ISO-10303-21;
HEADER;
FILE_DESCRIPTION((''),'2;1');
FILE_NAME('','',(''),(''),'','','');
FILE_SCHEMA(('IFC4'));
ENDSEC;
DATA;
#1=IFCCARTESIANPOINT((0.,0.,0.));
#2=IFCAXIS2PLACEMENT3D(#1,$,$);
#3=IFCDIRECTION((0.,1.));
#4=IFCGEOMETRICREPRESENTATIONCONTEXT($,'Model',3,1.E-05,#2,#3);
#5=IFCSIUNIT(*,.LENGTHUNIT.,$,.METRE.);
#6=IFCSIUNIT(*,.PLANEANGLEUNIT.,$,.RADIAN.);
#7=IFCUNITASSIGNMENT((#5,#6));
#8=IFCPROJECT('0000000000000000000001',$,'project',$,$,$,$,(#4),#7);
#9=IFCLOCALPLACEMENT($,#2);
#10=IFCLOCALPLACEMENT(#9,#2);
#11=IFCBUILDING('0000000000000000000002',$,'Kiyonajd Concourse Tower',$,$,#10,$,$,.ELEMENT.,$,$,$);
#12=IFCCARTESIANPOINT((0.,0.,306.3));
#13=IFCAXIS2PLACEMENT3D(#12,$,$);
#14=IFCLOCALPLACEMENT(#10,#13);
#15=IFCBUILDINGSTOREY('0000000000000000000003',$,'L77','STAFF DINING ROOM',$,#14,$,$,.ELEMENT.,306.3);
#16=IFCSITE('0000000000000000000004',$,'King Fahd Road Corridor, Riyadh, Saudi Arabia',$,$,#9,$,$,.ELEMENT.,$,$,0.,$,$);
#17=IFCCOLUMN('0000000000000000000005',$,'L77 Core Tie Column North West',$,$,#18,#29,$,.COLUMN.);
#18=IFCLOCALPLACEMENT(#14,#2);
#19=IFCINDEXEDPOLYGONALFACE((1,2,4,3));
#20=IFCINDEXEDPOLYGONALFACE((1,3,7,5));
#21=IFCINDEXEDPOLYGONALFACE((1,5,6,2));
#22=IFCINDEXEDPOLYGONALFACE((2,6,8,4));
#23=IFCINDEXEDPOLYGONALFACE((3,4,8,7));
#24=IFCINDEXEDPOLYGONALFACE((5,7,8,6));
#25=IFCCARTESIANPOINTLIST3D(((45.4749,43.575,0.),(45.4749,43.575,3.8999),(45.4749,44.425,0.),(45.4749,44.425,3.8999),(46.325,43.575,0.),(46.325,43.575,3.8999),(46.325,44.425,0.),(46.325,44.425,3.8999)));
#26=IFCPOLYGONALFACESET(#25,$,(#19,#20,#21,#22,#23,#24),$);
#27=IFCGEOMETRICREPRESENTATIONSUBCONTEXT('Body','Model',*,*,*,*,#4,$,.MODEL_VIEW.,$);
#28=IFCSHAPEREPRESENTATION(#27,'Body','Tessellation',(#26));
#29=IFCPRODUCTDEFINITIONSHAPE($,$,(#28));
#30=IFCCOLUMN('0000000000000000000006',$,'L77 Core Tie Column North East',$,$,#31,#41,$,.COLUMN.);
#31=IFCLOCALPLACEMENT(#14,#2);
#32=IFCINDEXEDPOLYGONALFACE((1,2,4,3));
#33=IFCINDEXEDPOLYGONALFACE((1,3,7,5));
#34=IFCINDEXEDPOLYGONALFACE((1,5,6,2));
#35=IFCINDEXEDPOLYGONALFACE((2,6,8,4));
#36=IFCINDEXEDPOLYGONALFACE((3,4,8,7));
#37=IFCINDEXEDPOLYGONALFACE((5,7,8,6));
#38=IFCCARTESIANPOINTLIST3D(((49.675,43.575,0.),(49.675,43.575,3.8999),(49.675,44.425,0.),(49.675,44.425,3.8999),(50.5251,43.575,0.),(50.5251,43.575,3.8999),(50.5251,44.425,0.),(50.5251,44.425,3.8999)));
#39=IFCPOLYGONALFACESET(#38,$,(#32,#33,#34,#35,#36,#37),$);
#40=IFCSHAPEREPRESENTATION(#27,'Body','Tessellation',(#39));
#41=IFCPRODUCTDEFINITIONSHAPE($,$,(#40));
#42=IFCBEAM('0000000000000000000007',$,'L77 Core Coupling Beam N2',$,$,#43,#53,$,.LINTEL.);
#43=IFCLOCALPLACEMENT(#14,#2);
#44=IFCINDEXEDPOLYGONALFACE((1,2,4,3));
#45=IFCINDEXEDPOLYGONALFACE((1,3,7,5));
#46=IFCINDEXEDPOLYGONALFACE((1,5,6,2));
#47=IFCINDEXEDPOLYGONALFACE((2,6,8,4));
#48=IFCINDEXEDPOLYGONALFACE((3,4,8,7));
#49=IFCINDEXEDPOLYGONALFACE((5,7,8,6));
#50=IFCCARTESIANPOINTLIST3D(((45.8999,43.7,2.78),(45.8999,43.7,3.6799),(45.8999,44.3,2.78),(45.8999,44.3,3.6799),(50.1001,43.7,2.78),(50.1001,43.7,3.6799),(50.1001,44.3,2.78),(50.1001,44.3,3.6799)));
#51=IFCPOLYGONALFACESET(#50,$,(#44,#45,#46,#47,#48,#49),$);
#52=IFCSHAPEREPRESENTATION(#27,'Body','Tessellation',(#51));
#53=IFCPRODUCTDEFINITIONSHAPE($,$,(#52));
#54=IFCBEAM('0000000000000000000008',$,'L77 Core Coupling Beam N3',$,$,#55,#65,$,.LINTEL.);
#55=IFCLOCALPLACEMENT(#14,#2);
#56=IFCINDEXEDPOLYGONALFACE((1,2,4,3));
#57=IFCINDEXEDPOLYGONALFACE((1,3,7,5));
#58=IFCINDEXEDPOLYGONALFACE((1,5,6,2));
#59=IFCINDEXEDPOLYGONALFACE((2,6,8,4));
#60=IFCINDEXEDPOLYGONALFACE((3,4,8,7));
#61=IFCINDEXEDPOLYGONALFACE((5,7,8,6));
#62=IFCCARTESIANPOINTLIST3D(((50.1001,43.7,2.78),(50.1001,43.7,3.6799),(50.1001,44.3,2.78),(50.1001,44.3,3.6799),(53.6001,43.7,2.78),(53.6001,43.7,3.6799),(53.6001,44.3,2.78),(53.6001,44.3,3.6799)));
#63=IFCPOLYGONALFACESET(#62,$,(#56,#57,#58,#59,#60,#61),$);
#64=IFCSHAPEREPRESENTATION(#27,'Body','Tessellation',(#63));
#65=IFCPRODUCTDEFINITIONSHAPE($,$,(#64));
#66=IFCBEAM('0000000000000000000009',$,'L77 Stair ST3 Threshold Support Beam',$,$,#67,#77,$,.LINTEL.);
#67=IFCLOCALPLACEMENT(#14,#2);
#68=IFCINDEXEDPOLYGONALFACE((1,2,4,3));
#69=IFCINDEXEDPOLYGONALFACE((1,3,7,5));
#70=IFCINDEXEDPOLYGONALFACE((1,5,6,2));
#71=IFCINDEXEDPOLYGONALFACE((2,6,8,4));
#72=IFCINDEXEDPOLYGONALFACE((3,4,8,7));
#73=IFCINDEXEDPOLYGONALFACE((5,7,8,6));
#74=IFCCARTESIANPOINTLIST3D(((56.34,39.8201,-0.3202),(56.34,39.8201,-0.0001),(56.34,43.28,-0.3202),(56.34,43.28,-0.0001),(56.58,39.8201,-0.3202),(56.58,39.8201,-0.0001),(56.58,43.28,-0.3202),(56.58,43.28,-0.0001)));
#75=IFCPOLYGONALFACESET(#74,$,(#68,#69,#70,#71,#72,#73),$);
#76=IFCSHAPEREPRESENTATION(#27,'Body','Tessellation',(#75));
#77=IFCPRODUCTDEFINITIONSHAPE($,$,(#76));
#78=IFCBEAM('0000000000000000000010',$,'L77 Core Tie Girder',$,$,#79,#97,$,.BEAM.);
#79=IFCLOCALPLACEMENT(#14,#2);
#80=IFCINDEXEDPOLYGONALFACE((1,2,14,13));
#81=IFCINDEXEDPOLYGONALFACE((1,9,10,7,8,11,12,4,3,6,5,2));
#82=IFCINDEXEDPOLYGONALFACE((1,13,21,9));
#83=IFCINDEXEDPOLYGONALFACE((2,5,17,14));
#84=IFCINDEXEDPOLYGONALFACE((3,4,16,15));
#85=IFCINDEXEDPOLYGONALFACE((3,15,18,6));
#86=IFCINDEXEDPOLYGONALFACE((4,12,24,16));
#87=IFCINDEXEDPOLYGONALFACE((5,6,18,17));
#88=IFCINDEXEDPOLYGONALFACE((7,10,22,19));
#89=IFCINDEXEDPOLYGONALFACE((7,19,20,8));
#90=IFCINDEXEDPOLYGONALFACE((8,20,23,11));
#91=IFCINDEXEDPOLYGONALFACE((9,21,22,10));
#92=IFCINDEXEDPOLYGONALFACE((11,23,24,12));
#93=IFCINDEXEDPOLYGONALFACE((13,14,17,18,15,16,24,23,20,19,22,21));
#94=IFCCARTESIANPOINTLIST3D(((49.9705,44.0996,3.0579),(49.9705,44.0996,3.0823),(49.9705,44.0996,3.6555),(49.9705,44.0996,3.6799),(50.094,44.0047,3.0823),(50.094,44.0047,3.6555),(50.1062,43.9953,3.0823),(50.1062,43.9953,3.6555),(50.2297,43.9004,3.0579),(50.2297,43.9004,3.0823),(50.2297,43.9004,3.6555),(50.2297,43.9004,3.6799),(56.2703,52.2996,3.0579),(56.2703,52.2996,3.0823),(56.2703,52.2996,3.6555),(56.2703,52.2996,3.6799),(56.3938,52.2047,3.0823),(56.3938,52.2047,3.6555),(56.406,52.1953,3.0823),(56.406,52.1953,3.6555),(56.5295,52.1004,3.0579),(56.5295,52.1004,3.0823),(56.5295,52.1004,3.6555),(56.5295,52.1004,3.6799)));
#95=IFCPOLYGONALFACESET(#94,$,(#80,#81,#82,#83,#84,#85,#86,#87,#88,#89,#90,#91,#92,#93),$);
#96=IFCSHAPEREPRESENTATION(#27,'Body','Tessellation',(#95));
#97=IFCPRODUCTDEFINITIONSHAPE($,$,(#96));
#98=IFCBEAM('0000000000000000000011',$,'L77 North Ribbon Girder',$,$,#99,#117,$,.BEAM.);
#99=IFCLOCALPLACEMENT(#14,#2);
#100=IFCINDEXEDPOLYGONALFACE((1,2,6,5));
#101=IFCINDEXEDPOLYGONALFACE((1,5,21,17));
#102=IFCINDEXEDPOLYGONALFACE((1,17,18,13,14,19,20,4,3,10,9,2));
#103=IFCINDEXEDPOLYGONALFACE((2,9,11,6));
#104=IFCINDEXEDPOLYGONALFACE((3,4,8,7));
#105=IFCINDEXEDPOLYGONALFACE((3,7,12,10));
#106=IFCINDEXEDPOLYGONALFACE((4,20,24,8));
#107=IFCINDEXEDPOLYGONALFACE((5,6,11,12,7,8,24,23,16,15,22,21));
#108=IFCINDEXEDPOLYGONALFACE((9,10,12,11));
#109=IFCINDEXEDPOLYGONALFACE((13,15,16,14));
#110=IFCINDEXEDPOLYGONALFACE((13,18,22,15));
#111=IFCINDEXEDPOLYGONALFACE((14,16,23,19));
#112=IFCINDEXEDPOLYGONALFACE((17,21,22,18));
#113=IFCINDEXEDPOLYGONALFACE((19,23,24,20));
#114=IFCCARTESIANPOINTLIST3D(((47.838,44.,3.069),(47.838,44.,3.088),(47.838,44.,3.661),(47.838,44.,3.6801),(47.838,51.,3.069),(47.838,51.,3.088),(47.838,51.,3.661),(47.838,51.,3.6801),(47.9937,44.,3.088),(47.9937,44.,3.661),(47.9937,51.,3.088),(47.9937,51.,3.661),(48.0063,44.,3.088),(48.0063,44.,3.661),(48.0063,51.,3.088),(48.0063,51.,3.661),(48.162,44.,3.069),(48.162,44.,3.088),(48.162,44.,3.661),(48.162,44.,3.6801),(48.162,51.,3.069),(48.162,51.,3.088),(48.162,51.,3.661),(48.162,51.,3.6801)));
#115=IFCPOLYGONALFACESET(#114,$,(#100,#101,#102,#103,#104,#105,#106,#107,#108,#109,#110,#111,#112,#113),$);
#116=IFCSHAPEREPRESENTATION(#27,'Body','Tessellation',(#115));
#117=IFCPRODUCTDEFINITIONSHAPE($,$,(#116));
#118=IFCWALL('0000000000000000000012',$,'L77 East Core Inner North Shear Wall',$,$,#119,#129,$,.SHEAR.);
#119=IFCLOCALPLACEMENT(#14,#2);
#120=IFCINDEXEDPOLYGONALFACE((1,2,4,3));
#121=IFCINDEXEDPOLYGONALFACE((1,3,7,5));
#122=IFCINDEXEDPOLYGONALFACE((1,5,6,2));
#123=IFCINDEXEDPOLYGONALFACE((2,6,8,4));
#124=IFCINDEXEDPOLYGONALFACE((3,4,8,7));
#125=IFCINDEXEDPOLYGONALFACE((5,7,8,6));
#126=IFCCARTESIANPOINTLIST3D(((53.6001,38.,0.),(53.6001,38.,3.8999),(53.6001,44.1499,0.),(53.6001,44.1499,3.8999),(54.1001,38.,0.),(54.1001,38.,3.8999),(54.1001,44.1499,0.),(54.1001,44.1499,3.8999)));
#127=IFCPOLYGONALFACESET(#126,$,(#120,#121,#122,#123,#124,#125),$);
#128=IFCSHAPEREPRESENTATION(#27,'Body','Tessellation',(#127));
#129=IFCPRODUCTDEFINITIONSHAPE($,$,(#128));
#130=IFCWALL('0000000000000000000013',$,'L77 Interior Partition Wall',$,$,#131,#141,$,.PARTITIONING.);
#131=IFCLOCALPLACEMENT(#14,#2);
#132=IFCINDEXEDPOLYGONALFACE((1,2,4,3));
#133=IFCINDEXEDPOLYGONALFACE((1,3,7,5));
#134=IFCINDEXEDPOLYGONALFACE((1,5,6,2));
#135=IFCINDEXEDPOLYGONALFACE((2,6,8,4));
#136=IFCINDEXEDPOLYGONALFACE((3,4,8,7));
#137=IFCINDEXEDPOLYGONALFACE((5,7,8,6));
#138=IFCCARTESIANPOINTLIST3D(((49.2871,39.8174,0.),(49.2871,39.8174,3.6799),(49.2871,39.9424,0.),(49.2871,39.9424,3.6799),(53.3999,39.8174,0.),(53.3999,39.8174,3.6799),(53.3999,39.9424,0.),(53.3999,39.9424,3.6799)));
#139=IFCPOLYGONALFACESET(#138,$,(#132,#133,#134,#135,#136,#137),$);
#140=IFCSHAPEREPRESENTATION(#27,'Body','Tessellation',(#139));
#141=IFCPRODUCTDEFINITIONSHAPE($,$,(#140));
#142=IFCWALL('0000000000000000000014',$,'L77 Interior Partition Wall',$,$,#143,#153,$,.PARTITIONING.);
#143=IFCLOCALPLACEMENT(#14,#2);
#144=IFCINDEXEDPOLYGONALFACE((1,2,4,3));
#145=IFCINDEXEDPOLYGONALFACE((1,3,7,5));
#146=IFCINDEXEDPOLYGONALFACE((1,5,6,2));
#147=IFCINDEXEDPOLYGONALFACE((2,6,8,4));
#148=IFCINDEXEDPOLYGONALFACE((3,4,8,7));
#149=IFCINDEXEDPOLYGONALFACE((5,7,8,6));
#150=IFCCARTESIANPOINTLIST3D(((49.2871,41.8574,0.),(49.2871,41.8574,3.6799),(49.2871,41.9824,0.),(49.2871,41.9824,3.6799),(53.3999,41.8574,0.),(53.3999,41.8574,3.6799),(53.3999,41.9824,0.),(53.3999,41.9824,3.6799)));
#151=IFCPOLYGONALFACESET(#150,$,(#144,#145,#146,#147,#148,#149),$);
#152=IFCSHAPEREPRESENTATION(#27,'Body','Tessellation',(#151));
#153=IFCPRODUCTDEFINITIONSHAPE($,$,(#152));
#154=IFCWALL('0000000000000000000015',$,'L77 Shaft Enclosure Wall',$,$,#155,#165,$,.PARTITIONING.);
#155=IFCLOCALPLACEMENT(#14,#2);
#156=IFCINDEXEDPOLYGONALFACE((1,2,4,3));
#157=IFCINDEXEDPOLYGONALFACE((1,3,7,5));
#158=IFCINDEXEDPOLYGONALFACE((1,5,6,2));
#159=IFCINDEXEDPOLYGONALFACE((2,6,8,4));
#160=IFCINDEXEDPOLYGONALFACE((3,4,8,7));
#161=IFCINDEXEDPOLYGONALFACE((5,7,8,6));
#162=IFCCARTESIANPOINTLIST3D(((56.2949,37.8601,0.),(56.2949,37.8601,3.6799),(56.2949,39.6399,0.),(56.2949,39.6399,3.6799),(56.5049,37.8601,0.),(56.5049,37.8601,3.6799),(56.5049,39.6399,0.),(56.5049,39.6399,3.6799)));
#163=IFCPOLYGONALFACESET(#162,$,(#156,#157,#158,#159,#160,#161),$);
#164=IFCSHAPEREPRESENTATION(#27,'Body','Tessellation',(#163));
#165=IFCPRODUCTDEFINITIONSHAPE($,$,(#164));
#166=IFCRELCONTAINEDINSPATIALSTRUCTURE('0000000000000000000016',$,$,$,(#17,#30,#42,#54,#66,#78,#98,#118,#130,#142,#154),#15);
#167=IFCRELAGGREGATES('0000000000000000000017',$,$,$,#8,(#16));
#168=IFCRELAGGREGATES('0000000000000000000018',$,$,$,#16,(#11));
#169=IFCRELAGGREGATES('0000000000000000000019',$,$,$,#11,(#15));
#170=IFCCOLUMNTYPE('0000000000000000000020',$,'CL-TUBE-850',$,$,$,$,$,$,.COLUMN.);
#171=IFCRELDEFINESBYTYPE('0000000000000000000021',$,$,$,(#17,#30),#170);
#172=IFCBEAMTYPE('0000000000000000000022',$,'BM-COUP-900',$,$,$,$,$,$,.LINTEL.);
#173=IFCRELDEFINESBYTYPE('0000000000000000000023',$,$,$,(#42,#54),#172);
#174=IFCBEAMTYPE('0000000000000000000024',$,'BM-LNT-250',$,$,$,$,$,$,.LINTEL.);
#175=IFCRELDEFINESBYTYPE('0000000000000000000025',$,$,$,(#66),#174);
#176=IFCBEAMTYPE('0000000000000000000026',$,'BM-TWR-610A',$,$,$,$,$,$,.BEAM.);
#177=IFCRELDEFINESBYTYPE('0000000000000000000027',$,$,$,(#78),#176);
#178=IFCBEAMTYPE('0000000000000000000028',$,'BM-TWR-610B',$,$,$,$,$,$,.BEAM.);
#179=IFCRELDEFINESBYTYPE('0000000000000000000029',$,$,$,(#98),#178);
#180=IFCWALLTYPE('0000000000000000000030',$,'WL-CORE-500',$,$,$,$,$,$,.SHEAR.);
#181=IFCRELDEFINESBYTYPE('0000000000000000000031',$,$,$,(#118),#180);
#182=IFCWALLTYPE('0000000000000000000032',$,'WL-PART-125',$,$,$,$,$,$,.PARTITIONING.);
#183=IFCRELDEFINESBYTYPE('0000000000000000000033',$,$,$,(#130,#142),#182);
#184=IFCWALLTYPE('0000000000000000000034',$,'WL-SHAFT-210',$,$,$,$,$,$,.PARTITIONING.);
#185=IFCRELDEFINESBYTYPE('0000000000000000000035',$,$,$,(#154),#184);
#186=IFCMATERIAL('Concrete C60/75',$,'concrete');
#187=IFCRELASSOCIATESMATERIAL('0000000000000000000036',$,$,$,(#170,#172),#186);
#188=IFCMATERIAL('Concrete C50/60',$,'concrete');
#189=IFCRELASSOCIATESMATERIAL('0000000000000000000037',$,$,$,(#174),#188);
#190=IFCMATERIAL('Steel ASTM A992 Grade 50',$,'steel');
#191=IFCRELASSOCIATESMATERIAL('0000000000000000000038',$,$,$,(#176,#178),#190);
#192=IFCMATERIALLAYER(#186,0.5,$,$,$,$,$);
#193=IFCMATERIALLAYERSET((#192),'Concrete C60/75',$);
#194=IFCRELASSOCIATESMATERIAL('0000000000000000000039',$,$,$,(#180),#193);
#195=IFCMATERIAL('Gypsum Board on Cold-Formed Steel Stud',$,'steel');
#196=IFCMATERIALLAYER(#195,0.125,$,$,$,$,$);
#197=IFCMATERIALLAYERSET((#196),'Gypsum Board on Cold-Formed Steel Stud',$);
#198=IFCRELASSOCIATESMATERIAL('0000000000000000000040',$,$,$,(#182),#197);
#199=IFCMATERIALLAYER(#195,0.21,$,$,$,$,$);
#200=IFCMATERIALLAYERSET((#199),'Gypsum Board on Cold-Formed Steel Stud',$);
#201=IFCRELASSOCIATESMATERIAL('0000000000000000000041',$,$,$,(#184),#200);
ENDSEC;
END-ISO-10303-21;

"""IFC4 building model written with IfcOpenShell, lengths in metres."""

from ifc_helpers import new_model, si_unit, direction, frame, frame_2d, origin, origin_2d, place, context, subcontext, project, spatial, rectangle, i_section, extrude, material, layer, layer_set, material_profile, profile_set, type_object, element, save


model = new_model("IFC4")

# Units and contexts
model_context = context("Model", 3, precision=1e-05, world=origin(), true_north=direction((0.0, 1.0)))
body_context = subcontext(model_context, "Body", "Model", "MODEL_VIEW")
ifc_project = project(units=[si_unit("LENGTHUNIT", "METRE"), si_unit("PLANEANGLEUNIT", "RADIAN")], contexts=[model_context])

# Site, building, storey
site_placement = place(None, origin())
site = spatial("IfcSite", under=ifc_project, at=site_placement, Name="King Fahd Road Corridor, Riyadh, Saudi Arabia", CompositionType="ELEMENT", RefElevation=0.0)
building_placement = place(site_placement, origin())
building = spatial("IfcBuilding", under=site, at=building_placement, Name="Kiyonajd Concourse Tower", CompositionType="ELEMENT")
storey_placement = place(building_placement, frame((0.0, 0.0, 306.3)))
storey = spatial("IfcBuildingStorey", under=building, at=storey_placement, Name="L77", Description="STAFF DINING ROOM", CompositionType="ELEMENT", Elevation=306.3)

# Columns
ifc_material_1 = material(Name="Concrete C60/75", Category="concrete")
ifc_material_profile_1 = material_profile(ifc_material_1, rectangle(XDim=0.8501, YDim=0.8501, at=origin_2d()), Name="RC-850x850")
ifc_profile_set_1 = profile_set([ifc_material_profile_1], Name="Concrete C60/75")
column_type = type_object("IfcColumnType", Name="CL-TUBE-850", PredefinedType="COLUMN", material=ifc_profile_set_1)
for number, where, z_axis, x_axis, name in (
    (1, (45.8999, 44.0, 0.0), (0.0, 0.0, 1.0), (1.0, 0.0, 0.0), "L77 Core Tie Column North West"),
    (2, (50.1001, 44.0, 0.0), (0.0, 0.0, 1.0), (1.0, 0.0, 0.0), "L77 Core Tie Column North East"),
):
    element("IfcColumn", number, at=place(storey_placement, frame(where, z_axis=z_axis, x_axis=x_axis)), inside=storey, type_object=column_type, Name=name, PredefinedType="COLUMN", context=body_context, shape_type="SweptSolid", body=[
        extrude(rectangle(XDim=0.8501, YDim=0.8501, at=origin_2d()), origin(), (0.0, 0.0, 1.0), 3.8999),
    ])

# Beams
ifc_material_profile_2 = material_profile(ifc_material_1, rectangle(XDim=0.6001, YDim=0.8999, at=origin_2d()), Name="RCBM-600x900")
ifc_profile_set_2 = profile_set([ifc_material_profile_2], Name="Concrete C60/75")
beam_type_1 = type_object("IfcBeamType", Name="BM-COUP-900", PredefinedType="LINTEL", material=ifc_profile_set_2)
beam_1_placement = place(storey_placement, frame((45.8999, 44.0, 3.23), z_axis=(1.0, 0.0, 0.0), x_axis=(0.0, 1.0, 0.0)))
element("IfcBeam", 3, at=beam_1_placement, inside=storey, type_object=beam_type_1, Name="L77 Core Coupling Beam N2", PredefinedType="LINTEL", context=body_context, shape_type="SweptSolid", body=[
    extrude(rectangle(XDim=0.6001, YDim=0.8999, at=origin_2d()), origin(), (0.0, 0.0, 1.0), 4.2002),
])
beam_2_placement = place(storey_placement, frame((50.1001, 44.0, 3.23), z_axis=(1.0, 0.0, 0.0), x_axis=(0.0, 1.0, 0.0)))
element("IfcBeam", 4, at=beam_2_placement, inside=storey, type_object=beam_type_1, Name="L77 Core Coupling Beam N3", PredefinedType="LINTEL", context=body_context, shape_type="SweptSolid", body=[
    extrude(rectangle(XDim=0.6001, YDim=0.8999, at=origin_2d()), origin(), (0.0, 0.0, 1.0), 3.5),
])
ifc_material_2 = material(Name="Concrete C50/60", Category="concrete")
ifc_material_profile_3 = material_profile(ifc_material_2, rectangle(XDim=0.24, YDim=0.3201, at=origin_2d()), Name="RCBM-240x320")
ifc_profile_set_3 = profile_set([ifc_material_profile_3], Name="Concrete C50/60")
beam_type_2 = type_object("IfcBeamType", Name="BM-LNT-250", PredefinedType="LINTEL", material=ifc_profile_set_3)
beam_3_placement = place(storey_placement, frame((56.46, 39.8201, -0.1602), z_axis=(0.0, 1.0, 0.0), x_axis=(-1.0, 0.0, 0.0)))
element("IfcBeam", 5, at=beam_3_placement, inside=storey, type_object=beam_type_2, Name="L77 Stair ST3 Threshold Support Beam", PredefinedType="LINTEL", context=body_context, shape_type="SweptSolid", body=[
    extrude(rectangle(XDim=0.24, YDim=0.3201, at=origin_2d()), origin(), (0.0, 0.0, 1.0), 3.46),
])
ifc_material_3 = material(Name="Steel ASTM A992 Grade 50", Category="steel")
ifc_material_profile_4 = material_profile(ifc_material_3, i_section(OverallWidth=0.3269, OverallDepth=0.6221, WebThickness=0.0154, FlangeThickness=0.0244, at=origin_2d()), Name="W610X195")
ifc_profile_set_4 = profile_set([ifc_material_profile_4], Name="Steel ASTM A992 Grade 50")
beam_type_3 = type_object("IfcBeamType", Name="BM-TWR-610A", PredefinedType="BEAM", material=ifc_profile_set_4)
beam_4_placement = place(storey_placement, frame((50.1001, 44.0, 3.3689), z_axis=(0.609234, 0.792991, 0.0), x_axis=(-0.792991, 0.609234, 0.0)))
element("IfcBeam", 6, at=beam_4_placement, inside=storey, type_object=beam_type_3, Name="L77 Core Tie Girder", PredefinedType="BEAM", context=body_context, shape_type="SweptSolid", body=[
    extrude(i_section(OverallWidth=0.3269, OverallDepth=0.6221, WebThickness=0.0154, FlangeThickness=0.0244, at=origin_2d()), origin(), (0.0, 0.0, 1.0), 10.3406),
])
ifc_material_profile_5 = material_profile(ifc_material_3, i_section(OverallWidth=0.324, OverallDepth=0.6111, WebThickness=0.0127, FlangeThickness=0.019, at=origin_2d()), Name="W610X155")
ifc_profile_set_5 = profile_set([ifc_material_profile_5], Name="Steel ASTM A992 Grade 50")
beam_type_4 = type_object("IfcBeamType", Name="BM-TWR-610B", PredefinedType="BEAM", material=ifc_profile_set_5)
beam_5_placement = place(storey_placement, frame((48.0, 44.0, 3.3745), z_axis=(0.0, 1.0, 0.0), x_axis=(-1.0, 0.0, 0.0)))
element("IfcBeam", 7, at=beam_5_placement, inside=storey, type_object=beam_type_4, Name="L77 North Ribbon Girder", PredefinedType="BEAM", context=body_context, shape_type="SweptSolid", body=[
    extrude(i_section(OverallWidth=0.324, OverallDepth=0.6111, WebThickness=0.0127, FlangeThickness=0.019, at=origin_2d()), origin(), (0.0, 0.0, 1.0), 7.0),
])

# Walls
ifc_layer_1 = layer(ifc_material_1, 0.5)
ifc_layer_set_1 = layer_set([ifc_layer_1], Name="Concrete C60/75")
wall_type_1 = type_object("IfcWallType", Name="WL-CORE-500", PredefinedType="SHEAR", material=ifc_layer_set_1)
wall_1_placement = place(storey_placement, frame((53.8501, 38.0, 0.0), z_axis=(0.0, 0.0, 1.0), x_axis=(0.0, 1.0, 0.0)))
element("IfcWall", 8, at=wall_1_placement, inside=storey, type_object=wall_type_1, Name="L77 East Core Inner North Shear Wall", PredefinedType="SHEAR", context=body_context, shape_type="SweptSolid", body=[
    extrude(rectangle(XDim=6.1499, YDim=0.5, at=frame_2d((3.075, 0.0))), origin(), (0.0, 0.0, 1.0), 3.8999),
])
ifc_material_4 = material(Name="Gypsum Board on Cold-Formed Steel Stud", Category="steel")
ifc_layer_2 = layer(ifc_material_4, 0.125)
ifc_layer_set_2 = layer_set([ifc_layer_2], Name="Gypsum Board on Cold-Formed Steel Stud")
wall_type_2 = type_object("IfcWallType", Name="WL-PART-125", PredefinedType="PARTITIONING", material=ifc_layer_set_2)
for number, where, z_axis, x_axis, name in (
    (9, (49.2871, 39.8799, 0.0), (0.0, 0.0, 1.0), (1.0, 0.0, 0.0), "L77 Interior Partition Wall"),
    (10, (49.2871, 41.9199, 0.0), (0.0, 0.0, 1.0), (1.0, 0.0, 0.0), "L77 Interior Partition Wall"),
):
    element("IfcWall", number, at=place(storey_placement, frame(where, z_axis=z_axis, x_axis=x_axis)), inside=storey, type_object=wall_type_2, Name=name, PredefinedType="PARTITIONING", context=body_context, shape_type="SweptSolid", body=[
        extrude(rectangle(XDim=4.1128, YDim=0.125, at=frame_2d((2.0564, 0.0))), origin(), (0.0, 0.0, 1.0), 3.6799),
    ])
ifc_layer_3 = layer(ifc_material_4, 0.21)
ifc_layer_set_3 = layer_set([ifc_layer_3], Name="Gypsum Board on Cold-Formed Steel Stud")
wall_type_3 = type_object("IfcWallType", Name="WL-SHAFT-210", PredefinedType="PARTITIONING", material=ifc_layer_set_3)
wall_2_placement = place(storey_placement, frame((56.3999, 37.8601, 0.0), z_axis=(0.0, 0.0, 1.0), x_axis=(0.0, 1.0, 0.0)))
element("IfcWall", 11, at=wall_2_placement, inside=storey, type_object=wall_type_3, Name="L77 Shaft Enclosure Wall", PredefinedType="PARTITIONING", context=body_context, shape_type="SweptSolid", body=[
    extrude(rectangle(XDim=1.7798, YDim=0.21, at=frame_2d((0.8899, 0.0))), origin(), (0.0, 0.0, 1.0), 3.6799),
])

save(model, "model.ifc")
